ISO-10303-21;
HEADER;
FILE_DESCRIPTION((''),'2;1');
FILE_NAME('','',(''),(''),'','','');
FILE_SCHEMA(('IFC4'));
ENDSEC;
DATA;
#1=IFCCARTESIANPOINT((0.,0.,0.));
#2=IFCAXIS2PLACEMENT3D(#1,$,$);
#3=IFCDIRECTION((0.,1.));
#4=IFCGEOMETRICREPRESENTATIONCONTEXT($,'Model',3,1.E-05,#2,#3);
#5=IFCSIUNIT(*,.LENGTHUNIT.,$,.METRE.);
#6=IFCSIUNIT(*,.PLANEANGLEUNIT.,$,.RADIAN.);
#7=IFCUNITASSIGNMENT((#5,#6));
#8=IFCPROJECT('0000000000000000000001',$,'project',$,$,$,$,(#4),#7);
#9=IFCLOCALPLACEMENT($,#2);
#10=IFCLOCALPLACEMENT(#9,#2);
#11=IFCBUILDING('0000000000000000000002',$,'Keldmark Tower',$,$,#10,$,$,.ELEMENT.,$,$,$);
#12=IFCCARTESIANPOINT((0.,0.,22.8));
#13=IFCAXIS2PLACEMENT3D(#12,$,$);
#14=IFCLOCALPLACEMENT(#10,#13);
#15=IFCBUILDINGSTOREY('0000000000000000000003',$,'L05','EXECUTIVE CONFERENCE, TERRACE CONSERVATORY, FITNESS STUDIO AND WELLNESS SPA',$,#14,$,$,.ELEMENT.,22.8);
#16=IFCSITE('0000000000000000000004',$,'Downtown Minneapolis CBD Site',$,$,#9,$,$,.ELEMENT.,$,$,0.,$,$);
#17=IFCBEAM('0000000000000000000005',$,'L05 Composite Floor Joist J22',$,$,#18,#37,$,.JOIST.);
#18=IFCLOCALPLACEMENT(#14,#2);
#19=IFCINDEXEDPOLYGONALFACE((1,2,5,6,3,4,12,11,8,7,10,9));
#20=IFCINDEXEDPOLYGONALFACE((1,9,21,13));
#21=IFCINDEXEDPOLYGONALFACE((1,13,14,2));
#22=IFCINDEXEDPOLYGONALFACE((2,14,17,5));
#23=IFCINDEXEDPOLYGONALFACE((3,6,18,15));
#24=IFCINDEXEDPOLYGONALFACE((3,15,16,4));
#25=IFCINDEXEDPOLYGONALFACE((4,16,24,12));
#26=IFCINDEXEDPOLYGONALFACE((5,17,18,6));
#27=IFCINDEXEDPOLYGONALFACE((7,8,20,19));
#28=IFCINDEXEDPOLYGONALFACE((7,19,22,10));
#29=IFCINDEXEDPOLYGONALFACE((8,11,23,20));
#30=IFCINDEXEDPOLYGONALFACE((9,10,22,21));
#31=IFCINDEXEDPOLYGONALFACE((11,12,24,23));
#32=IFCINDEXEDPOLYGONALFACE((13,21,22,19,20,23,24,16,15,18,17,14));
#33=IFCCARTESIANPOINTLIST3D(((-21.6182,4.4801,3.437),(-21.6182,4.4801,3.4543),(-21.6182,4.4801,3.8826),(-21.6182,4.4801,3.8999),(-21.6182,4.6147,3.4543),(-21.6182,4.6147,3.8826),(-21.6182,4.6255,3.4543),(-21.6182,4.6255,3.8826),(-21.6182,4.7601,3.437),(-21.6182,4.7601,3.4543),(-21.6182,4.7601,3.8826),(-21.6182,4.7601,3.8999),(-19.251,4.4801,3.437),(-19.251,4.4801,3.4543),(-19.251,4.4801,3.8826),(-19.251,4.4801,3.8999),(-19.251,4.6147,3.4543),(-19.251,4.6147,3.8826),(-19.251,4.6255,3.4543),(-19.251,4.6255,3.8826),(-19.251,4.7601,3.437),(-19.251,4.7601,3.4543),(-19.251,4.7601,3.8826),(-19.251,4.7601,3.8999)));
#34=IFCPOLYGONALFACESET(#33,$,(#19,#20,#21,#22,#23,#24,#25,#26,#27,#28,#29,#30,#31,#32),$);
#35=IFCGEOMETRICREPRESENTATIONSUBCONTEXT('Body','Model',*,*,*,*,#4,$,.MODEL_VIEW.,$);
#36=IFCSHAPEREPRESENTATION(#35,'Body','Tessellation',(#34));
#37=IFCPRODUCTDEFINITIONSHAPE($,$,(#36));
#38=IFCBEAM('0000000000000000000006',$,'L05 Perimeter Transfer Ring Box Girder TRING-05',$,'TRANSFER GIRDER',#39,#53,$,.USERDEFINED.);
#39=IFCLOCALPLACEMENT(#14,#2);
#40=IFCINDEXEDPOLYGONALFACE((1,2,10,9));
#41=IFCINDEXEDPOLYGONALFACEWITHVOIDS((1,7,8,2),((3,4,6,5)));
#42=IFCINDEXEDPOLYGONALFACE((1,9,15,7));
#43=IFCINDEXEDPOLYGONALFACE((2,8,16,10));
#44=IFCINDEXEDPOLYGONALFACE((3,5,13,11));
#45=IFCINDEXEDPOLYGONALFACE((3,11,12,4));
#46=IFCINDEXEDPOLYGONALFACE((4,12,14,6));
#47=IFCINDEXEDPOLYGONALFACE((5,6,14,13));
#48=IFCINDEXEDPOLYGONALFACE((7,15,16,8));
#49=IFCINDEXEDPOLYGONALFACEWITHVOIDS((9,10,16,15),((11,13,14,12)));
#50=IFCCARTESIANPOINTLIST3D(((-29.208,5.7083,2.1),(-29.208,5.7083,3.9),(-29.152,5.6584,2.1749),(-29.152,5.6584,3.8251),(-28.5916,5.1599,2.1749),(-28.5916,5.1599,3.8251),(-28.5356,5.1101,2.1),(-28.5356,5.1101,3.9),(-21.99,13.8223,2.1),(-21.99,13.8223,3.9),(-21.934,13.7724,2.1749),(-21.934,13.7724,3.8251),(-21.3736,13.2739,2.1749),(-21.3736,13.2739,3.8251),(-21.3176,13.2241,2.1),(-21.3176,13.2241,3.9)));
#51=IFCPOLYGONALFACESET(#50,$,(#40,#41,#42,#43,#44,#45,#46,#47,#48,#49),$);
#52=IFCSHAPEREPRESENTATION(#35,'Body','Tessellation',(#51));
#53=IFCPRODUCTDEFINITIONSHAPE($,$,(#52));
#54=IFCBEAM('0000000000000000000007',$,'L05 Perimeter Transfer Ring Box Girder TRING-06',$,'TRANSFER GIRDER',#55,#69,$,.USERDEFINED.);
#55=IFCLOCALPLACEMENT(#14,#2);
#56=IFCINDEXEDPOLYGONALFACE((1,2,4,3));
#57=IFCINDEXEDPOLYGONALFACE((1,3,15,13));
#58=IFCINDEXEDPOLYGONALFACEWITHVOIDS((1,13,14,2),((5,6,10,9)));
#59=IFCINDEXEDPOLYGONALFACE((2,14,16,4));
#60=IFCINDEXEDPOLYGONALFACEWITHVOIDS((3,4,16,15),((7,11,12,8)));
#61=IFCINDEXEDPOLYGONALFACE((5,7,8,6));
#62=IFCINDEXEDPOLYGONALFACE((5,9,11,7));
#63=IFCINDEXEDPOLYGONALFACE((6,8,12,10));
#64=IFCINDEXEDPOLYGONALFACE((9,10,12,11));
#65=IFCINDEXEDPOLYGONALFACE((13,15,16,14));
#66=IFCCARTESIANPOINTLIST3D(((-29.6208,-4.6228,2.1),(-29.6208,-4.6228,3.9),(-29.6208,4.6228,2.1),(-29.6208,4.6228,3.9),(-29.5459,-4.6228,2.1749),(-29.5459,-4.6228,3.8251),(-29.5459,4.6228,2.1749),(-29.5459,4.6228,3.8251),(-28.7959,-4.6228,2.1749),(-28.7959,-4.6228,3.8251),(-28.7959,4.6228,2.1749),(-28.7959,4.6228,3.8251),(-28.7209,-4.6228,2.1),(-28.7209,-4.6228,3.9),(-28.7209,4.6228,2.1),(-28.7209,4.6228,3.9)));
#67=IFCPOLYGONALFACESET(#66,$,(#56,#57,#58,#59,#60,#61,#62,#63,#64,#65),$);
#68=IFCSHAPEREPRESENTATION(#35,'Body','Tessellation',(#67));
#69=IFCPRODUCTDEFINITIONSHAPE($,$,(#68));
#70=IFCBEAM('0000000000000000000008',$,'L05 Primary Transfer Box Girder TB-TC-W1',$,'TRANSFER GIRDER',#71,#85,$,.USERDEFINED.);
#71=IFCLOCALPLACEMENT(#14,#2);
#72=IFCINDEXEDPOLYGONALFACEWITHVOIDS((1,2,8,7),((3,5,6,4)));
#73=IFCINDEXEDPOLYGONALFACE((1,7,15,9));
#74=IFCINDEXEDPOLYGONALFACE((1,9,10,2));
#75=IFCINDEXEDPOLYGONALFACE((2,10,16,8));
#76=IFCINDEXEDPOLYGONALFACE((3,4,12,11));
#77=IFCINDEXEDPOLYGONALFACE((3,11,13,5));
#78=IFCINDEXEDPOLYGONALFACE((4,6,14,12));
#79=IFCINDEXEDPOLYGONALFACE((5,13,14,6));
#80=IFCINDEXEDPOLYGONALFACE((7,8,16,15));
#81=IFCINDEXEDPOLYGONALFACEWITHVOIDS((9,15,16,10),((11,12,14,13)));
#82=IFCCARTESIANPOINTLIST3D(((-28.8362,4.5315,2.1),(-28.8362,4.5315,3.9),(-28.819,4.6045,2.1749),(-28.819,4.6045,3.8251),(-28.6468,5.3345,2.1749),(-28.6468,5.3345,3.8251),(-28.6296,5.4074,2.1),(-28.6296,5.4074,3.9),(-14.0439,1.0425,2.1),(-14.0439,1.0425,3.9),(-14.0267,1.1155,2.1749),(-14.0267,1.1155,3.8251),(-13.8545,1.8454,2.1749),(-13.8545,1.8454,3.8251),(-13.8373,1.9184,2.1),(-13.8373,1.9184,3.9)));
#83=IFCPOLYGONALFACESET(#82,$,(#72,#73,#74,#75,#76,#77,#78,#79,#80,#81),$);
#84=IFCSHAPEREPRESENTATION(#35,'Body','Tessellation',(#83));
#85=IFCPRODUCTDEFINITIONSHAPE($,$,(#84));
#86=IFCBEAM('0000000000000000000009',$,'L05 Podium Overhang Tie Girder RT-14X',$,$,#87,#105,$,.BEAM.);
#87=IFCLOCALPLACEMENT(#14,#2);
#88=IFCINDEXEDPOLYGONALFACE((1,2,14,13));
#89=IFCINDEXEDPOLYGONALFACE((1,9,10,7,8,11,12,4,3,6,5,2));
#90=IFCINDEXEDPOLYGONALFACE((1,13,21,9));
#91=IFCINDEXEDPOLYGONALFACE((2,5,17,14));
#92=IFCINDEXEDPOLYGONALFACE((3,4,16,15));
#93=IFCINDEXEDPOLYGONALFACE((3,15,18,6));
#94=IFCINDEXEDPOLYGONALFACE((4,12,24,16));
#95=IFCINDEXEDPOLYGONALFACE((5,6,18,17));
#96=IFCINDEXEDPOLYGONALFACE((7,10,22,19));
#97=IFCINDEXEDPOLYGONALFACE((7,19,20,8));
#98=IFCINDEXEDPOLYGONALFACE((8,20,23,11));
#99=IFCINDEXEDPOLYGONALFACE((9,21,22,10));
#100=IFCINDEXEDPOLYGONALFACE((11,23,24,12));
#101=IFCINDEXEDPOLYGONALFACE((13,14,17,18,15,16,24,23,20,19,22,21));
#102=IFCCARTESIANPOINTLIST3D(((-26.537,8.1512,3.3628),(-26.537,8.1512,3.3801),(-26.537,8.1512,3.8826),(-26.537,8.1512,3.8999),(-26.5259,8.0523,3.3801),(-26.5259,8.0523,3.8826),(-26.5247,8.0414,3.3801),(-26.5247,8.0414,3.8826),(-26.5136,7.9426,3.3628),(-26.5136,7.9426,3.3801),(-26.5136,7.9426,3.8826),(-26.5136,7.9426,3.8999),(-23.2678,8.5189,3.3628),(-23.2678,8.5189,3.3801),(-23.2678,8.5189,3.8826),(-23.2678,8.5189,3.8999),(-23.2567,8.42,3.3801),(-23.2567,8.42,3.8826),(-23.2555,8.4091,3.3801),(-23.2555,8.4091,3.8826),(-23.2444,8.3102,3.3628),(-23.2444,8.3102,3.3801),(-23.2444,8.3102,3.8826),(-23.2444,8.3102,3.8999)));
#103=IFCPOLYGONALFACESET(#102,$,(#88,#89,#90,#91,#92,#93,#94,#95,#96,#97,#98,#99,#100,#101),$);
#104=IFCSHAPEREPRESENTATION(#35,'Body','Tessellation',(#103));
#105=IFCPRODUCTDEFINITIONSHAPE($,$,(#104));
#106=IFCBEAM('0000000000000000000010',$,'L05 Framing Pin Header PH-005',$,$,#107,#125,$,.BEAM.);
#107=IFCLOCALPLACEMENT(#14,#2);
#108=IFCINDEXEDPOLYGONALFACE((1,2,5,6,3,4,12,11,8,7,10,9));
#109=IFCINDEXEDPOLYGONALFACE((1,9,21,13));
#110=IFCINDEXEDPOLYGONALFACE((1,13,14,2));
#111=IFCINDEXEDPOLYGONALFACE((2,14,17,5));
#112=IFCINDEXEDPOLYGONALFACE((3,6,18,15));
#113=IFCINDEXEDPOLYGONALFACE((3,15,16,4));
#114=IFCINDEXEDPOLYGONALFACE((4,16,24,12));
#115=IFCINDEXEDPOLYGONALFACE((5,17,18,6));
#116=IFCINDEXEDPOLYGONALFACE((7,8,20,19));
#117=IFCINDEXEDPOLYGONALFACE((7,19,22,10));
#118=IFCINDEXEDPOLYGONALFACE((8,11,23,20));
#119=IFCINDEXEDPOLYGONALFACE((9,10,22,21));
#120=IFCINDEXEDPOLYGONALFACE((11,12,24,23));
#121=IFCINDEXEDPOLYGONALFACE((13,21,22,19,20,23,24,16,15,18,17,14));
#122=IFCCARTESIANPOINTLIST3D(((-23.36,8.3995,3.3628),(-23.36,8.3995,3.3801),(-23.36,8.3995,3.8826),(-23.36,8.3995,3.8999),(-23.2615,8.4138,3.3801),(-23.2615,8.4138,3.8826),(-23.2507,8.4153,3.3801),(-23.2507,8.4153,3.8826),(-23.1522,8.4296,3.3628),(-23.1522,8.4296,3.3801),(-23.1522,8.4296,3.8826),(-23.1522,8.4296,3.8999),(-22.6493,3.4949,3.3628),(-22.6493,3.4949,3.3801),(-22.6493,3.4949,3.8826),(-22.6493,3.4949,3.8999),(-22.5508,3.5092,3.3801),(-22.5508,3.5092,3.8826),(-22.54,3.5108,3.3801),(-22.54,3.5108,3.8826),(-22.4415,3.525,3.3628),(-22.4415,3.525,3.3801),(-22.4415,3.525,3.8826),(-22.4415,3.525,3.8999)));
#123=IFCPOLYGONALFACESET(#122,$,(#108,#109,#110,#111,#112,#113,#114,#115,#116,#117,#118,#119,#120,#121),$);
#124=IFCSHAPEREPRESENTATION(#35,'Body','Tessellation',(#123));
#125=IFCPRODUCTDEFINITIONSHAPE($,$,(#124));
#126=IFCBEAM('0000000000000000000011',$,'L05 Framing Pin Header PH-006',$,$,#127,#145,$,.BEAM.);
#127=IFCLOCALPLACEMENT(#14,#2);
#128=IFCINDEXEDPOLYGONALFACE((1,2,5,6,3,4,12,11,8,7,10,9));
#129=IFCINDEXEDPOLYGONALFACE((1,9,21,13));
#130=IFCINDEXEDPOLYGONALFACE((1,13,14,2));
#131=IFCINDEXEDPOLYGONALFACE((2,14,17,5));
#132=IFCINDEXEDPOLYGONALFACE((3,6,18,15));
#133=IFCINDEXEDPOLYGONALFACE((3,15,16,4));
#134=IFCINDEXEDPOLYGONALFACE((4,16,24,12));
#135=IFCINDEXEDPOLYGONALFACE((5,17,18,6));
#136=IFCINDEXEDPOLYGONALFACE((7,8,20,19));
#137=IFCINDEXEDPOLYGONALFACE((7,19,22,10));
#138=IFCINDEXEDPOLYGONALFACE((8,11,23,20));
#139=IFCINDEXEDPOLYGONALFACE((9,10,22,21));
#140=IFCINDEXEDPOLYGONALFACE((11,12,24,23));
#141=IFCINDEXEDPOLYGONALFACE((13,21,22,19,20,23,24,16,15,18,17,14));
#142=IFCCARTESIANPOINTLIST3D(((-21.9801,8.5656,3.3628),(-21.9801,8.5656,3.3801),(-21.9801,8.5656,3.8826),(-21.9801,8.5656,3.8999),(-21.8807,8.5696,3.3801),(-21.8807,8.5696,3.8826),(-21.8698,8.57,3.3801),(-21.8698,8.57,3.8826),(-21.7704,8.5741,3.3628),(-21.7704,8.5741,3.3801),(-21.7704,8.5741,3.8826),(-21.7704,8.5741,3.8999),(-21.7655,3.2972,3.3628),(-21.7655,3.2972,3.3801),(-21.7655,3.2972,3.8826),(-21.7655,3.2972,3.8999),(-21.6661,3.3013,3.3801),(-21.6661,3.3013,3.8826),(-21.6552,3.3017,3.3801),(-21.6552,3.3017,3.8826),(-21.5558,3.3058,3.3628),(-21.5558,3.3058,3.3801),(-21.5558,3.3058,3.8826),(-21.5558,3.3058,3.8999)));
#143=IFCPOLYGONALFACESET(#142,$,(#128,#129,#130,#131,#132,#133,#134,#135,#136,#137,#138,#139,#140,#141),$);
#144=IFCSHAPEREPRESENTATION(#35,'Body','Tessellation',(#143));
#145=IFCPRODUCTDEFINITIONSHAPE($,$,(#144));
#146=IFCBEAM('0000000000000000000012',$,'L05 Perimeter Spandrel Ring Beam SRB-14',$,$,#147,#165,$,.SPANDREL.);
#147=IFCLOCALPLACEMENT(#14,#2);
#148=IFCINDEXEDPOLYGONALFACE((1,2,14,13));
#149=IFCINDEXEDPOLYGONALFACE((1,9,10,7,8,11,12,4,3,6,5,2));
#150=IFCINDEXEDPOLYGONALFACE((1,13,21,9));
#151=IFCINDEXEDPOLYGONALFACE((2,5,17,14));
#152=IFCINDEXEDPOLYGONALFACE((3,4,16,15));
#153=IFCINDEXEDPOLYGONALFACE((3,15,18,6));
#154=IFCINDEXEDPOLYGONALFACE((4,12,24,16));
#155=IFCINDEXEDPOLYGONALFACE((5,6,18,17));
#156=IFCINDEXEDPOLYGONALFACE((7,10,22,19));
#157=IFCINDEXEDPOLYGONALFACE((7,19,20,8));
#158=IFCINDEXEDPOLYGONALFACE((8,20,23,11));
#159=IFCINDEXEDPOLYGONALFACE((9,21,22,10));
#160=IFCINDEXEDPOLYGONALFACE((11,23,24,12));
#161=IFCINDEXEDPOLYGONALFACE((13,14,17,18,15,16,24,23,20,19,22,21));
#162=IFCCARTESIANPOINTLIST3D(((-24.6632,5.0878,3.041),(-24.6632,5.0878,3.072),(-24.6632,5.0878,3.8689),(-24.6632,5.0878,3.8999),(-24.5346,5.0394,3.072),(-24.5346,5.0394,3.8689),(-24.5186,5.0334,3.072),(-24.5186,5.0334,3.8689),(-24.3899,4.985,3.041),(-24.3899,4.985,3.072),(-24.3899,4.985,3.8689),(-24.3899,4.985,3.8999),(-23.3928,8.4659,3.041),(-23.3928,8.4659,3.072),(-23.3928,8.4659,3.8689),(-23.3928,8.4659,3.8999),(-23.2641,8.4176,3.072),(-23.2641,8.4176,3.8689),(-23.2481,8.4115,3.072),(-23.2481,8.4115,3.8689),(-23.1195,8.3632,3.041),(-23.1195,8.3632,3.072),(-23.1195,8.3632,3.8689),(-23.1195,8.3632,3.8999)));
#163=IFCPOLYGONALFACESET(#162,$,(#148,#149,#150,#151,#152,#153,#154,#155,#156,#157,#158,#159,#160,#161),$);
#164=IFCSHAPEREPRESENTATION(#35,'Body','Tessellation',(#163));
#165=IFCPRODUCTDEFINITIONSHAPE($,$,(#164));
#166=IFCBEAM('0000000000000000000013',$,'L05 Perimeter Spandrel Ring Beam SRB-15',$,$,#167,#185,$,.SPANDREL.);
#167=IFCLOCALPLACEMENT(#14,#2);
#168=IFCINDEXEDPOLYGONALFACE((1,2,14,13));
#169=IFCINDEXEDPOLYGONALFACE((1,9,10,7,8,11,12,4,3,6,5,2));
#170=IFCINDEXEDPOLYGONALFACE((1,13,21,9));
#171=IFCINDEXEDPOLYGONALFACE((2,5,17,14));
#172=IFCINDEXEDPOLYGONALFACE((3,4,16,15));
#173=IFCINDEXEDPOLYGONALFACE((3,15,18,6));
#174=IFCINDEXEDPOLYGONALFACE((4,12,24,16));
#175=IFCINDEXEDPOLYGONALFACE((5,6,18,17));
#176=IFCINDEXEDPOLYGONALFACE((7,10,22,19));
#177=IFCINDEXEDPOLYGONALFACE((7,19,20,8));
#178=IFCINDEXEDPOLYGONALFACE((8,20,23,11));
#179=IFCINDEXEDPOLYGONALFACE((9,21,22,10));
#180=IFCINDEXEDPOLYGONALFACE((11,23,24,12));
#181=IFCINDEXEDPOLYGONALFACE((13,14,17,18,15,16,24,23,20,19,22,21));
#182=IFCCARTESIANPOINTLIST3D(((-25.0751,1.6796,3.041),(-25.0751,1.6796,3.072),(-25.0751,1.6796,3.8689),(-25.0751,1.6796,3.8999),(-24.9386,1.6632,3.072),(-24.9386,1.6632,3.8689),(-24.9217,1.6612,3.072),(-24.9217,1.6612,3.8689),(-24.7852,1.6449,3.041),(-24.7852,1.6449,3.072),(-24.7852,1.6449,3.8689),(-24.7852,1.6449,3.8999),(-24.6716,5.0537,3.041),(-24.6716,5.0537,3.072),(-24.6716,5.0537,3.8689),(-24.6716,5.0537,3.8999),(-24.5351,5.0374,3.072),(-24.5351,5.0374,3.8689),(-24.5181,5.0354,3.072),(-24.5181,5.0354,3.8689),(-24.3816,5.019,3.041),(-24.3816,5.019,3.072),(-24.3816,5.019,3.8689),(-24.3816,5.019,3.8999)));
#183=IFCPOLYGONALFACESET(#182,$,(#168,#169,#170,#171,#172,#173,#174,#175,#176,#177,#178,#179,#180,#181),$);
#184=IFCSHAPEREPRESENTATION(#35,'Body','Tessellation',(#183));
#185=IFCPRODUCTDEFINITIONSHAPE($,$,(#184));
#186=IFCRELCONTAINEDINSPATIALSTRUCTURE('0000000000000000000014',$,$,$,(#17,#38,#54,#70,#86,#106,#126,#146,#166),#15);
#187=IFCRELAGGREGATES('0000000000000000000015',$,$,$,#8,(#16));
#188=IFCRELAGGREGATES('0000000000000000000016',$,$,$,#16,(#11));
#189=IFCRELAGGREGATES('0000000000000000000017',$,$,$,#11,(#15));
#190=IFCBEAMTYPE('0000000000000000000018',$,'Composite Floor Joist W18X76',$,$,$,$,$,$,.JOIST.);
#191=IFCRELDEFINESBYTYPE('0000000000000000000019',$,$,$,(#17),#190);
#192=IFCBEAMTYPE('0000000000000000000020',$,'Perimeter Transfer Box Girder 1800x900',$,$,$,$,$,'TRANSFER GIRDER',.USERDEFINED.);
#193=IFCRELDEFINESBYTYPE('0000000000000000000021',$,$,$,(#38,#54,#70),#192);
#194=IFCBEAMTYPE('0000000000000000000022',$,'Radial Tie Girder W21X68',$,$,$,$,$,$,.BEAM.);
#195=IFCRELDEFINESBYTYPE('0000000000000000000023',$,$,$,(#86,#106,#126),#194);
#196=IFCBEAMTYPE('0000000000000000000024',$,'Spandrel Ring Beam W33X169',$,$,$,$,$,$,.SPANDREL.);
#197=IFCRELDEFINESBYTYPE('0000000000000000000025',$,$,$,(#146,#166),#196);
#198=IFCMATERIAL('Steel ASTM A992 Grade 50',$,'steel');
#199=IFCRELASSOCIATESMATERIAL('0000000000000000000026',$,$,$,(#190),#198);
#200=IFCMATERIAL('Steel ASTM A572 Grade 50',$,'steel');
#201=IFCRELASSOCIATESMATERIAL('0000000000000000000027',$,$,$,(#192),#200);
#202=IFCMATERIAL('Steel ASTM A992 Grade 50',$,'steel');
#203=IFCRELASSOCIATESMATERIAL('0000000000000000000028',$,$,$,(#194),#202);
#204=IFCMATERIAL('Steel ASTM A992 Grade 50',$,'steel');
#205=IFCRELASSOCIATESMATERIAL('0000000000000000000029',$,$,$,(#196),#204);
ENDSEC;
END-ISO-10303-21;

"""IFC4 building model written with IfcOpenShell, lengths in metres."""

from ifc_helpers import new_model, si_unit, direction, frame, origin, origin_2d, place, context, subcontext, project, spatial, hollow_rectangle, i_section, extrude, material, material_profile, profile_set, type_object, element, save


model = new_model("IFC4")

# Units and contexts
model_context = context("Model", 3, precision=1e-05, world=origin(), true_north=direction((0.0, 1.0)))
body_context = subcontext(model_context, "Body", "Model", "MODEL_VIEW")
ifc_project = project(units=[si_unit("LENGTHUNIT", "METRE"), si_unit("PLANEANGLEUNIT", "RADIAN")], contexts=[model_context])

# Site, building, storey
site_placement = place(None, origin())
site = spatial("IfcSite", under=ifc_project, at=site_placement, Name="Downtown Minneapolis CBD Site", CompositionType="ELEMENT", RefElevation=0.0)
building_placement = place(site_placement, origin())
building = spatial("IfcBuilding", under=site, at=building_placement, Name="Keldmark Tower", CompositionType="ELEMENT")
storey_placement = place(building_placement, frame((0.0, 0.0, 22.8)))
storey = spatial("IfcBuildingStorey", under=building, at=storey_placement, Name="L05", Description="EXECUTIVE CONFERENCE, TERRACE CONSERVATORY, FITNESS STUDIO AND WELLNESS SPA", CompositionType="ELEMENT", Elevation=22.8)

# Beams
ifc_material_1 = material(Name="Steel ASTM A992 Grade 50", Category="steel")
ifc_material_profile_1 = material_profile(ifc_material_1, i_section(OverallWidth=0.28, OverallDepth=0.4629, WebThickness=0.0107, FlangeThickness=0.0173, at=origin_2d()), Name="W18X76")
ifc_profile_set_1 = profile_set([ifc_material_profile_1], Name="Steel ASTM A992 Grade 50")
beam_type_1 = type_object("IfcBeamType", Name="Composite Floor Joist W18X76", PredefinedType="JOIST", material=ifc_profile_set_1)
beam_1_placement = place(storey_placement, frame((-21.6182, 4.6201, 3.6685), z_axis=(1.0, 0.0, 0.0), x_axis=(0.0, 1.0, 0.0)))
element("IfcBeam", 1, at=beam_1_placement, inside=storey, type_object=beam_type_1, Name="L05 Composite Floor Joist J22", PredefinedType="JOIST", context=body_context, shape_type="SweptSolid", body=[
    extrude(i_section(OverallWidth=0.28, OverallDepth=0.4629, WebThickness=0.0107, FlangeThickness=0.0173, at=origin_2d()), origin(), (0.0, 0.0, 1.0), 2.3672),
])
ifc_material_2 = material(Name="Steel ASTM A572 Grade 50", Category="steel")
ifc_material_profile_2 = material_profile(ifc_material_2, hollow_rectangle(XDim=0.8999, YDim=1.8, WallThickness=0.075, at=origin_2d()), Name="TBOX1800X900X75")
ifc_profile_set_2 = profile_set([ifc_material_profile_2], Name="Steel ASTM A572 Grade 50")
beam_type_2 = type_object("IfcBeamType", Name="Perimeter Transfer Box Girder 1800x900", ElementType="TRANSFER GIRDER", PredefinedType="USERDEFINED", material=ifc_profile_set_2)
beam_2_placement = place(storey_placement, frame((-21.6538, 13.5232, 3.0), z_axis=(-0.66465, -0.747155, 0.0), x_axis=(0.747155, -0.66465, 0.0)))
element("IfcBeam", 2, at=beam_2_placement, inside=storey, type_object=beam_type_2, Name="L05 Perimeter Transfer Ring Box Girder TRING-05", ObjectType="TRANSFER GIRDER", PredefinedType="USERDEFINED", context=body_context, shape_type="SweptSolid", body=[
    extrude(hollow_rectangle(XDim=0.8999, YDim=1.8, WallThickness=0.075, at=origin_2d()), origin(), (0.0, 0.0, 1.0), 10.8599),
])
beam_3_placement = place(storey_placement, frame((-29.1709, 4.6228, 3.0), z_axis=(0.0, -1.0, 0.0), x_axis=(1.0, 0.0, 0.0)))
element("IfcBeam", 3, at=beam_3_placement, inside=storey, type_object=beam_type_2, Name="L05 Perimeter Transfer Ring Box Girder TRING-06", ObjectType="TRANSFER GIRDER", PredefinedType="USERDEFINED", context=body_context, shape_type="SweptSolid", body=[
    extrude(hollow_rectangle(XDim=0.8999, YDim=1.8, WallThickness=0.075, at=origin_2d()), origin(), (0.0, 0.0, 1.0), 9.2456),
])
beam_4_placement = place(storey_placement, frame((-28.7329, 4.9695, 3.0), z_axis=(0.973293, -0.229568, 0.0), x_axis=(0.229568, 0.973293, 0.0)))
element("IfcBeam", 4, at=beam_4_placement, inside=storey, type_object=beam_type_2, Name="L05 Primary Transfer Box Girder TB-TC-W1", ObjectType="TRANSFER GIRDER", PredefinedType="USERDEFINED", context=body_context, shape_type="SweptSolid", body=[
    extrude(hollow_rectangle(XDim=0.8999, YDim=1.8, WallThickness=0.075, at=origin_2d()), origin(), (0.0, 0.0, 1.0), 15.1982),
])
ifc_material_3 = material(Name="Steel ASTM A992 Grade 50", Category="steel")
ifc_material_profile_3 = material_profile(ifc_material_3, i_section(OverallWidth=0.21, OverallDepth=0.5371, WebThickness=0.011, FlangeThickness=0.0173, at=origin_2d()), Name="W21X68")
ifc_profile_set_3 = profile_set([ifc_material_profile_3], Name="Steel ASTM A992 Grade 50")
beam_type_3 = type_object("IfcBeamType", Name="Radial Tie Girder W21X68", PredefinedType="BEAM", material=ifc_profile_set_3)
beam_5_placement = place(storey_placement, frame((-23.2561, 8.4146, 3.6313), z_axis=(-0.993735, -0.111759, 0.0), x_axis=(0.111759, -0.993735, 0.0)))
element("IfcBeam", 5, at=beam_5_placement, inside=storey, type_object=beam_type_3, Name="L05 Podium Overhang Tie Girder RT-14X", PredefinedType="BEAM", context=body_context, shape_type="SweptSolid", body=[
    extrude(i_section(OverallWidth=0.21, OverallDepth=0.5371, WebThickness=0.011, FlangeThickness=0.0173, at=origin_2d()), origin(), (0.0, 0.0, 1.0), 3.2898),
])
beam_6_placement = place(storey_placement, frame((-23.2561, 8.4146, 3.6313), z_axis=(0.143407, -0.989664, 0.0), x_axis=(0.989664, 0.143407, 0.0)))
element("IfcBeam", 6, at=beam_6_placement, inside=storey, type_object=beam_type_3, Name="L05 Framing Pin Header PH-005", PredefinedType="BEAM", context=body_context, shape_type="SweptSolid", body=[
    extrude(i_section(OverallWidth=0.21, OverallDepth=0.5371, WebThickness=0.011, FlangeThickness=0.0173, at=origin_2d()), origin(), (0.0, 0.0, 1.0), 4.9558),
])
beam_7_placement = place(storey_placement, frame((-21.8752, 8.5698, 3.6313), z_axis=(0.0407, -0.999171, 0.0), x_axis=(0.999171, 0.0407, 0.0)))
element("IfcBeam", 7, at=beam_7_placement, inside=storey, type_object=beam_type_3, Name="L05 Framing Pin Header PH-006", PredefinedType="BEAM", context=body_context, shape_type="SweptSolid", body=[
    extrude(i_section(OverallWidth=0.21, OverallDepth=0.5371, WebThickness=0.011, FlangeThickness=0.0173, at=origin_2d()), origin(), (0.0, 0.0, 1.0), 5.2727),
])
ifc_material_4 = material(Name="Steel ASTM A992 Grade 50", Category="steel")
ifc_material_profile_4 = material_profile(ifc_material_4, i_section(OverallWidth=0.292, OverallDepth=0.8589, WebThickness=0.0171, FlangeThickness=0.031, at=origin_2d()), Name="W33X169")
ifc_profile_set_4 = profile_set([ifc_material_profile_4], Name="Steel ASTM A992 Grade 50")
beam_type_4 = type_object("IfcBeamType", Name="Spandrel Ring Beam W33X169", PredefinedType="SPANDREL", material=ifc_profile_set_4)
beam_8_placement = place(storey_placement, frame((-23.2561, 8.4146, 3.4705), z_axis=(-0.35202, -0.935992, 0.0), x_axis=(0.935992, -0.35202, 0.0)))
element("IfcBeam", 8, at=beam_8_placement, inside=storey, type_object=beam_type_4, Name="L05 Perimeter Spandrel Ring Beam SRB-14", PredefinedType="SPANDREL", context=body_context, shape_type="SweptSolid", body=[
    extrude(i_section(OverallWidth=0.292, OverallDepth=0.8589, WebThickness=0.0171, FlangeThickness=0.031, at=origin_2d()), origin(), (0.0, 0.0, 1.0), 3.6091),
])
beam_9_placement = place(storey_placement, frame((-24.5266, 5.0364, 3.4705), z_axis=(-0.118754, -0.992924, 0.0), x_axis=(0.992924, -0.118754, 0.0)))
element("IfcBeam", 9, at=beam_9_placement, inside=storey, type_object=beam_type_4, Name="L05 Perimeter Spandrel Ring Beam SRB-15", PredefinedType="SPANDREL", context=body_context, shape_type="SweptSolid", body=[
    extrude(i_section(OverallWidth=0.292, OverallDepth=0.8589, WebThickness=0.0171, FlangeThickness=0.031, at=origin_2d()), origin(), (0.0, 0.0, 1.0), 3.3982),
])

save(model, "model.ifc")
